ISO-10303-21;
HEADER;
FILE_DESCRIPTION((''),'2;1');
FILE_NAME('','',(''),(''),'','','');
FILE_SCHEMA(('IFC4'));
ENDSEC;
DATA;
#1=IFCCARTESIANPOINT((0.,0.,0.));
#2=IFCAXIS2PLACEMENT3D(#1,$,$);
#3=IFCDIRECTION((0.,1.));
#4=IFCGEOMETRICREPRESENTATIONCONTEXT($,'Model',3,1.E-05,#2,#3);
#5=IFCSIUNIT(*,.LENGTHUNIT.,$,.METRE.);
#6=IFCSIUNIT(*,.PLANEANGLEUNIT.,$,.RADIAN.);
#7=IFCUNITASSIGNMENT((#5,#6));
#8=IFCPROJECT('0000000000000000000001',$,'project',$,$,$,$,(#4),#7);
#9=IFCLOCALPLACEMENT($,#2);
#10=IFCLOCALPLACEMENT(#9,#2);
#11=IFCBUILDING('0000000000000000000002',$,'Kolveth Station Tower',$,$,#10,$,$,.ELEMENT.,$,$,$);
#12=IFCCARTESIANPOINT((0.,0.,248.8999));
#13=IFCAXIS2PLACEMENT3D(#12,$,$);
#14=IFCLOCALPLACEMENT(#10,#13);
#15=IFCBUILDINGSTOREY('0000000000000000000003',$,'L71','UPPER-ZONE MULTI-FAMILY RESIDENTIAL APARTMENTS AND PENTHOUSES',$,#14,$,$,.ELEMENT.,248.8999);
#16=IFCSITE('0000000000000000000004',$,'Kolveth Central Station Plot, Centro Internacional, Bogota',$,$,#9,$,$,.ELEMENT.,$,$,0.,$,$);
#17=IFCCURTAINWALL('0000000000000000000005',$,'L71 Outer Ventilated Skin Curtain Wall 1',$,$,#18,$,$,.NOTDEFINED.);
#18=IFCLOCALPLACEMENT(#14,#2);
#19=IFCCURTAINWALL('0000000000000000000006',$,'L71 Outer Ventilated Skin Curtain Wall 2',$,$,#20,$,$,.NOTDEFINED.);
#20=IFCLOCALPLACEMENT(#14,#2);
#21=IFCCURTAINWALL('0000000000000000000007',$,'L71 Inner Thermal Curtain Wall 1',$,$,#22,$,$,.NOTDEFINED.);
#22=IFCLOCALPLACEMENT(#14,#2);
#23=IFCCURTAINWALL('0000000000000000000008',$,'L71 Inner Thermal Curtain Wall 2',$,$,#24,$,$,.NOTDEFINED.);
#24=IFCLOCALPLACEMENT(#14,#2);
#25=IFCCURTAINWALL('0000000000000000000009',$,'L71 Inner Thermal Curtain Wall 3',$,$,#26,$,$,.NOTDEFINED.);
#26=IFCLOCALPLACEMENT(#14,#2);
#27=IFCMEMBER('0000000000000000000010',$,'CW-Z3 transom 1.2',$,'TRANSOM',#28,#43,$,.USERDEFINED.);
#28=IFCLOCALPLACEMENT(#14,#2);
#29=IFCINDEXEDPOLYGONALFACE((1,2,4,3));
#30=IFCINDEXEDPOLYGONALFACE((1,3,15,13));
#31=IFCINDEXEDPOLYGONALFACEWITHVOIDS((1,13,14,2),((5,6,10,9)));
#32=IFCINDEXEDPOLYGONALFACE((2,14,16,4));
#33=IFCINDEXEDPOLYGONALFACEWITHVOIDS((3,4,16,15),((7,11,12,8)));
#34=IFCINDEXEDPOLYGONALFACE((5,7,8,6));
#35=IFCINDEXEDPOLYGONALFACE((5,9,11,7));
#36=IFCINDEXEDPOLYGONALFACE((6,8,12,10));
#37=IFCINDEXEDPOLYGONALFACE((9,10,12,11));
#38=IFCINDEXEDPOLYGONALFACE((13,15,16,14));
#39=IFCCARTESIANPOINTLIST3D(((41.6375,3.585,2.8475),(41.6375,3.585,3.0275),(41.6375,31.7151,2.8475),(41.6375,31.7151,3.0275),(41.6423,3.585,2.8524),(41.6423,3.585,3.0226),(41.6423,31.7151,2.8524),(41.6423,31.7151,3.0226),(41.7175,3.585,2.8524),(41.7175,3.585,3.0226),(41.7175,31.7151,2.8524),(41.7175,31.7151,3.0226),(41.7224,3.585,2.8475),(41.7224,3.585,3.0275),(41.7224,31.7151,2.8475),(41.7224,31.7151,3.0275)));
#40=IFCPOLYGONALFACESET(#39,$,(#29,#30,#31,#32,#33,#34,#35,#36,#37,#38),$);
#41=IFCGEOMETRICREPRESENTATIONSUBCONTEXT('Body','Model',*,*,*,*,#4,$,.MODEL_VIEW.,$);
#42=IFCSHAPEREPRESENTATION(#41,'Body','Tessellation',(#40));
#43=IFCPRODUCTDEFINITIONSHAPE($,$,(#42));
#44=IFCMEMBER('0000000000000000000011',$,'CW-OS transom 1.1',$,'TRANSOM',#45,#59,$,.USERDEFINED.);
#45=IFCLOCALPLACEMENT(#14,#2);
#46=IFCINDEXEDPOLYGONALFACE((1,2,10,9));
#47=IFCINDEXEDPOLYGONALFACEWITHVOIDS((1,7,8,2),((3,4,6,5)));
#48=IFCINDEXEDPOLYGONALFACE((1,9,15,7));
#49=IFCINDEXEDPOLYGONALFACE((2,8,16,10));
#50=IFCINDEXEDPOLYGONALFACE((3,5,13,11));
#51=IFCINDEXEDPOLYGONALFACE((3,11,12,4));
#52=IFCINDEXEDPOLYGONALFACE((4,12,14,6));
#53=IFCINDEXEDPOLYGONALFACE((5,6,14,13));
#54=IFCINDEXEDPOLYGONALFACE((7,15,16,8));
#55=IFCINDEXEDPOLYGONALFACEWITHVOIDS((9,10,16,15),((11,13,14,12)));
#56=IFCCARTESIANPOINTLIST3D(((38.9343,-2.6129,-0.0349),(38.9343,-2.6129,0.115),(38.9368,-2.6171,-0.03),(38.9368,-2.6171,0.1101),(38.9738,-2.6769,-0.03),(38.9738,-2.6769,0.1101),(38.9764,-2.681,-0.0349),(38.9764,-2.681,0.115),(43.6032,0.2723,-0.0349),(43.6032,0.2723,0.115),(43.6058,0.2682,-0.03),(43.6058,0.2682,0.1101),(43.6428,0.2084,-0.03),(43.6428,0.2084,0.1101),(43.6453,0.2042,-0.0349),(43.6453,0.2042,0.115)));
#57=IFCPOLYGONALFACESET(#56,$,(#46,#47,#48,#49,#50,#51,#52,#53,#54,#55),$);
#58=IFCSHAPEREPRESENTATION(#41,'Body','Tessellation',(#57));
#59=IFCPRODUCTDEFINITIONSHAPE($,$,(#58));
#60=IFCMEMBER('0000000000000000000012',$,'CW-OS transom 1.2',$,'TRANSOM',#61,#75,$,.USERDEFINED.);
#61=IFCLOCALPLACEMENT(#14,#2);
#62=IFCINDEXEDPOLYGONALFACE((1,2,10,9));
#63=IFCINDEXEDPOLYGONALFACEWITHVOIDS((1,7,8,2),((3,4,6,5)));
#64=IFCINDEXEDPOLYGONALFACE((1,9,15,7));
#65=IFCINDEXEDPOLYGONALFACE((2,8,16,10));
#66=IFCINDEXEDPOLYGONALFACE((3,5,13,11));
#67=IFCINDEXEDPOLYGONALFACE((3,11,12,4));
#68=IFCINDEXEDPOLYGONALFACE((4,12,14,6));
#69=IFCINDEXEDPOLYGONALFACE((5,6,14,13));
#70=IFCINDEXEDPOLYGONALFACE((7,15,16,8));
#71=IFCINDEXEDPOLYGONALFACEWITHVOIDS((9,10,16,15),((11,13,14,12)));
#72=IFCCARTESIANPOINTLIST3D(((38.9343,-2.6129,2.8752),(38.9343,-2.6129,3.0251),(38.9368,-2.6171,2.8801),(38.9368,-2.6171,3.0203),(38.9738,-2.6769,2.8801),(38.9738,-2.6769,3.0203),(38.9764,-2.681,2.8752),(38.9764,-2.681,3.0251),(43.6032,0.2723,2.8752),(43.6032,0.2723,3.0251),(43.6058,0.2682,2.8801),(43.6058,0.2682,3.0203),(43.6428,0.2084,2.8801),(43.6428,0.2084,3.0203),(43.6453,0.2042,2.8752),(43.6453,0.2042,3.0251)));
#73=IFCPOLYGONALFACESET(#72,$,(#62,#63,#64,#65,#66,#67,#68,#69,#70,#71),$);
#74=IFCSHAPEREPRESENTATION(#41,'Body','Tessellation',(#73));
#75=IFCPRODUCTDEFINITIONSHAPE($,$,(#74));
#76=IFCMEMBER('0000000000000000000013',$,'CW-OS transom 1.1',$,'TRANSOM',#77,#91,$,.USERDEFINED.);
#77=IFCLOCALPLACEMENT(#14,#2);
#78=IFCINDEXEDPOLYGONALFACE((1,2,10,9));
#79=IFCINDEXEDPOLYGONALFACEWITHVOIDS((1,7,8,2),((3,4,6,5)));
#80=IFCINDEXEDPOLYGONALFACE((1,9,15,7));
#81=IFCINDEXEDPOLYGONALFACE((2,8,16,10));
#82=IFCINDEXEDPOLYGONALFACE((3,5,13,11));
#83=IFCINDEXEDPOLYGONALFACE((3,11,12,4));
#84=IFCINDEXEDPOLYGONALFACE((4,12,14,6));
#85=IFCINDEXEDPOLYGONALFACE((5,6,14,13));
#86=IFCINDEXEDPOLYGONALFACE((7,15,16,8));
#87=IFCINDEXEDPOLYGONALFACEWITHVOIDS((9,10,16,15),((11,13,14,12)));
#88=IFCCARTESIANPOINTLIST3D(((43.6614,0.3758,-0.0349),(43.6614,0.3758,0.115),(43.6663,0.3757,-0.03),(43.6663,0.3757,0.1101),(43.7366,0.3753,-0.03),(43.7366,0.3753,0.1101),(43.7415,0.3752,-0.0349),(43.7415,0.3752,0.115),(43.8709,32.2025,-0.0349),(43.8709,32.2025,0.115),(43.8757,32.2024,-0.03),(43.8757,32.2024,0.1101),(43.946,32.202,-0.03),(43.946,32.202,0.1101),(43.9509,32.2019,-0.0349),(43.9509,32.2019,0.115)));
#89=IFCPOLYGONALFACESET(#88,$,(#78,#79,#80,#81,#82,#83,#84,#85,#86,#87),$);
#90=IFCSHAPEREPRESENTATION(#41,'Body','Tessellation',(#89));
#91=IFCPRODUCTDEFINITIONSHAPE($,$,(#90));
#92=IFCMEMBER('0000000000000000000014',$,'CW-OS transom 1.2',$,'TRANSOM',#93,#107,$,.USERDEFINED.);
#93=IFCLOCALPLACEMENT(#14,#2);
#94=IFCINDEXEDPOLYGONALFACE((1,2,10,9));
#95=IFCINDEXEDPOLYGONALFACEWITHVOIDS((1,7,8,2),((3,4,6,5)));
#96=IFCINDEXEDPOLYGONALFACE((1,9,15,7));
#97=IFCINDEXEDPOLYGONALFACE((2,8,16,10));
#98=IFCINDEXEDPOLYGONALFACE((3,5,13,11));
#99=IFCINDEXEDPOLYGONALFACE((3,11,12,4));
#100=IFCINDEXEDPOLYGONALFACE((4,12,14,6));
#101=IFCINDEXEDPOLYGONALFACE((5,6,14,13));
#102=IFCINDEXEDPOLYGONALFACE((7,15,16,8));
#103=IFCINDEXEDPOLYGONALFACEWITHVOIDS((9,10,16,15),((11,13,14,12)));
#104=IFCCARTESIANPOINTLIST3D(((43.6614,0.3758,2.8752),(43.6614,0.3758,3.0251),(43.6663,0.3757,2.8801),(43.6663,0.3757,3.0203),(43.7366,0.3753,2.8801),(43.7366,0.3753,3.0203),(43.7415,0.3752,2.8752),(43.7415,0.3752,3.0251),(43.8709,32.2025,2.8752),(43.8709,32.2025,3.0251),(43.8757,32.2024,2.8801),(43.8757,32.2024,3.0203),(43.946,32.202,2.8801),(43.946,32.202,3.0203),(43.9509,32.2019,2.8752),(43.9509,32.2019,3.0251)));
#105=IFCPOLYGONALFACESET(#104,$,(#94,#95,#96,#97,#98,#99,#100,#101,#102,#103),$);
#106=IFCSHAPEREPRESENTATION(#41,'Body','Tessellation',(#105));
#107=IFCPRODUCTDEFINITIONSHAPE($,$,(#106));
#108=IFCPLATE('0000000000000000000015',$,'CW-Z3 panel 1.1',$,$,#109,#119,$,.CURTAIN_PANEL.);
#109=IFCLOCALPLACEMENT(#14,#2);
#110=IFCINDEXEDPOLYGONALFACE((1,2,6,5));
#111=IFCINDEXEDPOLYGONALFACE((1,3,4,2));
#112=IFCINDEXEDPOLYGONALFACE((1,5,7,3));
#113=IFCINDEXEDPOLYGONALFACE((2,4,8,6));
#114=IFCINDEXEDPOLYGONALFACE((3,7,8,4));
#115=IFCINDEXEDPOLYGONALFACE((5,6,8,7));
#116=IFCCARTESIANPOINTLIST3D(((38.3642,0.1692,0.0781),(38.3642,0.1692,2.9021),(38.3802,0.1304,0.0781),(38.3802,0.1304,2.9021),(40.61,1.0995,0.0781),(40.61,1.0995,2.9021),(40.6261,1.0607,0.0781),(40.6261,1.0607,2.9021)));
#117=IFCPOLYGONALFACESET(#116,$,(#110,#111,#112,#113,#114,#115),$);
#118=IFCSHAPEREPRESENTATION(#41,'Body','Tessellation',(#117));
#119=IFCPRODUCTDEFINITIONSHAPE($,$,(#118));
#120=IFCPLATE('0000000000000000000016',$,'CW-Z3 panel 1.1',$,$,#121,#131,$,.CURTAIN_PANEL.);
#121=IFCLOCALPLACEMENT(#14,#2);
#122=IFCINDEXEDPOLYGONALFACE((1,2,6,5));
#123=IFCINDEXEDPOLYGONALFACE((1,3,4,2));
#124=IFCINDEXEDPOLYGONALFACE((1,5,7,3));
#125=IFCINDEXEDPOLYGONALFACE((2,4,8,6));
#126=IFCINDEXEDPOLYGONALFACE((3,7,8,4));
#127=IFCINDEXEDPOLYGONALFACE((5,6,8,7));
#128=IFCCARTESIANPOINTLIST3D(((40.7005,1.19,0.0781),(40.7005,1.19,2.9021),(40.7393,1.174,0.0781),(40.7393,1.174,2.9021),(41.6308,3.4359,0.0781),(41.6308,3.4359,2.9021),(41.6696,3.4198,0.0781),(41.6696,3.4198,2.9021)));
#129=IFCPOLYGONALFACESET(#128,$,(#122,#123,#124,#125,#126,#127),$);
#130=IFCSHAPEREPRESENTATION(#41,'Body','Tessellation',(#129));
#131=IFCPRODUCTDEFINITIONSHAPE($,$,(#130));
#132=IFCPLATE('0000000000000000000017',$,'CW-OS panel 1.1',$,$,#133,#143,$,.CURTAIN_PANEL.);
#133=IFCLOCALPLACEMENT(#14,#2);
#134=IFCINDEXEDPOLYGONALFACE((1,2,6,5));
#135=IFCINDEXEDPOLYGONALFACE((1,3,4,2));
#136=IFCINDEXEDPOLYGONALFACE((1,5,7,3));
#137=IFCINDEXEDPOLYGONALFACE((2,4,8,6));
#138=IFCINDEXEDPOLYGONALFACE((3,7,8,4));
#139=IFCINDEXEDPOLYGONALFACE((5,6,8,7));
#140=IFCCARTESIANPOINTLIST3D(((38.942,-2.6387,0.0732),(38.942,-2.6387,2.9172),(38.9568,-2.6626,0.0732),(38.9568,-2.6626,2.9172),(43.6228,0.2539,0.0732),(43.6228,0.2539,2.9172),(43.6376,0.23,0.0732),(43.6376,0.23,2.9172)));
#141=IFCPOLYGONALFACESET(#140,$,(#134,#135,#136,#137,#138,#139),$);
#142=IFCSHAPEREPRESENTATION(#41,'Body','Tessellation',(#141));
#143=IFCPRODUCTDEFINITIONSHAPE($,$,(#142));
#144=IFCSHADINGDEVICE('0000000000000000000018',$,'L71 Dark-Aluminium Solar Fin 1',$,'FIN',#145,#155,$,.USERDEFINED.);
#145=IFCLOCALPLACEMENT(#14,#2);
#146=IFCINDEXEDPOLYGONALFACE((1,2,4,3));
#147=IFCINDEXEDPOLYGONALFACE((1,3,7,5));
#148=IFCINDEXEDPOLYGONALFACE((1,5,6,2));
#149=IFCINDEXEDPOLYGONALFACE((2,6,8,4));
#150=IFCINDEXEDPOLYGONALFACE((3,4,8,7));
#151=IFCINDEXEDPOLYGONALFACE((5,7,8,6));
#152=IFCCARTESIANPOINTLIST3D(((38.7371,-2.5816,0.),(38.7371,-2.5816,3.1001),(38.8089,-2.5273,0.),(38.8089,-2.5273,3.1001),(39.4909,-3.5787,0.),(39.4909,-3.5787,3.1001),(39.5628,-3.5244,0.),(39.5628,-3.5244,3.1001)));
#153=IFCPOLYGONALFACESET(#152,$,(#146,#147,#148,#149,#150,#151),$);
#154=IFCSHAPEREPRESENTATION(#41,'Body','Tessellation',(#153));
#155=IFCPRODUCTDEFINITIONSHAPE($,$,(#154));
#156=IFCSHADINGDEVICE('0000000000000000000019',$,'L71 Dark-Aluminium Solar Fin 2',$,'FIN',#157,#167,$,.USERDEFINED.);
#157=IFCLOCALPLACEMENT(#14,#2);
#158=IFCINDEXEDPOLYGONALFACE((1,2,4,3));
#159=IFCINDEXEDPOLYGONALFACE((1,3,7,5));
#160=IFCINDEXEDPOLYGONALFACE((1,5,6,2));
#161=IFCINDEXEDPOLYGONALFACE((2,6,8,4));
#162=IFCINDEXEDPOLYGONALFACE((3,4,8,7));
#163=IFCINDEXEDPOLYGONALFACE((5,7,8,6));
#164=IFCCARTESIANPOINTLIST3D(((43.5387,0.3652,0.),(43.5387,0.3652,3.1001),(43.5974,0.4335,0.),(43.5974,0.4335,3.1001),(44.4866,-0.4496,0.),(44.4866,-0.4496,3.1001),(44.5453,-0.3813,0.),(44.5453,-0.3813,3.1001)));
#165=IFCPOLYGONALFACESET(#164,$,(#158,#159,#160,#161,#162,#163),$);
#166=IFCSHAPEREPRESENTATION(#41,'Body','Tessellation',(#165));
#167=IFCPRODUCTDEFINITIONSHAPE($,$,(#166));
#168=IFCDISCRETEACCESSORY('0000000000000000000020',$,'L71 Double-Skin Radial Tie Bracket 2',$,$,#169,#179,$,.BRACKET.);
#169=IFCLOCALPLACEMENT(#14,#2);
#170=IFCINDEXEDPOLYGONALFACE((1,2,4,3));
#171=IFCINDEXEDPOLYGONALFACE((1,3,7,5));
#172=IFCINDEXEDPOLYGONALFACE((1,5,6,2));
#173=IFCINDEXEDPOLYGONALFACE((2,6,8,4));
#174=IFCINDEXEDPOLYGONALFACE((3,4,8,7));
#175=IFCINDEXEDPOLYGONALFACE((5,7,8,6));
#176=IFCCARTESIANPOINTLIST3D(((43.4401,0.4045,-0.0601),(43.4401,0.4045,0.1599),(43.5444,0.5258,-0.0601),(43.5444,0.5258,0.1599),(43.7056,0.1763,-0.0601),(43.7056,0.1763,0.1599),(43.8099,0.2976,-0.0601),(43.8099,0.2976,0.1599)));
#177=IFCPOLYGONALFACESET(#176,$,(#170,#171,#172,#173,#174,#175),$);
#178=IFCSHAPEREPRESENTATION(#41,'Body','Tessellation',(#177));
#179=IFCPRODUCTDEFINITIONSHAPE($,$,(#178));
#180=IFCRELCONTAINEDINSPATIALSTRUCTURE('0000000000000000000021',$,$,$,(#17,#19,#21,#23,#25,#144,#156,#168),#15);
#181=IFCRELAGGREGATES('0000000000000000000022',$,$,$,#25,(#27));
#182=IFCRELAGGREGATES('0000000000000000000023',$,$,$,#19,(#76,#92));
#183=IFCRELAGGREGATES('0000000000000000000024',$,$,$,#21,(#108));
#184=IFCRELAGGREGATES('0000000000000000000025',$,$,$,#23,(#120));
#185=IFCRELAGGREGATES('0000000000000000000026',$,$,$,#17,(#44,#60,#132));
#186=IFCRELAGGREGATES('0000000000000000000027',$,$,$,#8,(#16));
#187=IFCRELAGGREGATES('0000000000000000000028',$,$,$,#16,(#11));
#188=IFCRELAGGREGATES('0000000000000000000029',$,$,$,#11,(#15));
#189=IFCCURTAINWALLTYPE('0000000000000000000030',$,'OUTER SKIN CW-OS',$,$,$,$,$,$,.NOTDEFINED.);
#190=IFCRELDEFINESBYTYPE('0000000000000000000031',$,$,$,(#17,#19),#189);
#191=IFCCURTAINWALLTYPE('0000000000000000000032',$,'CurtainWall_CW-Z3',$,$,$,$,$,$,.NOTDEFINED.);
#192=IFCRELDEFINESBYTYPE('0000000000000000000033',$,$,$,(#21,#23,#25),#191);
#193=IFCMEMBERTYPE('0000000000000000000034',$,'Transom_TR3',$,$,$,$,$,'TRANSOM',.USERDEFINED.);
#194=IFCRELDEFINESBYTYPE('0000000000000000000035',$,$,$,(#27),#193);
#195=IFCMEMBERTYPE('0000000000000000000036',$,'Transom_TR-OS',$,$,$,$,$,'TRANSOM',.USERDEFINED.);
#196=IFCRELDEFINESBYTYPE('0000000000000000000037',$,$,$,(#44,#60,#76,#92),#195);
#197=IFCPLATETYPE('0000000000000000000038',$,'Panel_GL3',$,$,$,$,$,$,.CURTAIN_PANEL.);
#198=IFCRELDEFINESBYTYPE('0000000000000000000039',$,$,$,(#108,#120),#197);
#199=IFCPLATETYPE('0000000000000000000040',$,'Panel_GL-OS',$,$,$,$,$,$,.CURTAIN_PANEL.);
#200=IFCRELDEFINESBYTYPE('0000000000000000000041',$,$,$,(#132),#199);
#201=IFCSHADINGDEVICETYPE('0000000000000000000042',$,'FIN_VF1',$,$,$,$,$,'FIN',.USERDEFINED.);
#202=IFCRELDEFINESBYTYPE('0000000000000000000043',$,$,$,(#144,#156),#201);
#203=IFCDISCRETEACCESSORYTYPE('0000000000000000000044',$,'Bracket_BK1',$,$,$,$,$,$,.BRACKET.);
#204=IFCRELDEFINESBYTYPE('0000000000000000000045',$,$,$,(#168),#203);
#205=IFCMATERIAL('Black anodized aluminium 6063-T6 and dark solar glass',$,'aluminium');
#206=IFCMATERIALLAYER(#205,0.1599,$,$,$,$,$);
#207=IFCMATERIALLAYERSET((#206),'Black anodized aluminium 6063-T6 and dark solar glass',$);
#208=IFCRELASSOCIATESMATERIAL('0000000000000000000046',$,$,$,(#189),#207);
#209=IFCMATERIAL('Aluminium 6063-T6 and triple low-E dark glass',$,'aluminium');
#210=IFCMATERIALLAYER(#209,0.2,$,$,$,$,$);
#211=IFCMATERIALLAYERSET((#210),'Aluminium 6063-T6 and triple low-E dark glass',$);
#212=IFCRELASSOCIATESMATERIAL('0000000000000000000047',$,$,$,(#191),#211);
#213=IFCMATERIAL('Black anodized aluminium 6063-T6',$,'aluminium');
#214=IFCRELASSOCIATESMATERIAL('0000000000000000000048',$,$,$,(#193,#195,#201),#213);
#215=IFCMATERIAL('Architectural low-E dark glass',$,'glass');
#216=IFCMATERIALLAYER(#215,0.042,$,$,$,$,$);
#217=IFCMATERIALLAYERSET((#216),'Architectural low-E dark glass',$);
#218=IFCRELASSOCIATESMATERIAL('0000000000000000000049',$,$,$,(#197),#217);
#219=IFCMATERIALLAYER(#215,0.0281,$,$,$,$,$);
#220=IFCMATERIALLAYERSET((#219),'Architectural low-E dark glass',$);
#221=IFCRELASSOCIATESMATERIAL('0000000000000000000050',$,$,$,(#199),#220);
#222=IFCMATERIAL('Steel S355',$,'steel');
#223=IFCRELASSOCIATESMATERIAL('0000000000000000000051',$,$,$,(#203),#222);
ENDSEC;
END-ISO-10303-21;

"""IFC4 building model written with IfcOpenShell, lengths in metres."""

from ifc_helpers import new_model, si_unit, direction, frame, origin, origin_2d, place, context, subcontext, project, spatial, rectangle, hollow_rectangle, extrude, source, transform, mapped, material, layer, layer_set, material_profile, profile_set, type_object, element, aggregate, save


model = new_model("IFC4")

# Units and contexts
model_context = context("Model", 3, precision=1e-05, world=origin(), true_north=direction((0.0, 1.0)))
body_context = subcontext(model_context, "Body", "Model", "MODEL_VIEW")
ifc_project = project(units=[si_unit("LENGTHUNIT", "METRE"), si_unit("PLANEANGLEUNIT", "RADIAN")], contexts=[model_context])

# Site, building, storey
site_placement = place(None, origin())
site = spatial("IfcSite", under=ifc_project, at=site_placement, Name="Kolveth Central Station Plot, Centro Internacional, Bogota", CompositionType="ELEMENT", RefElevation=0.0)
building_placement = place(site_placement, origin())
building = spatial("IfcBuilding", under=site, at=building_placement, Name="Kolveth Station Tower", CompositionType="ELEMENT")
storey_placement = place(building_placement, frame((0.0, 0.0, 248.8999)))
storey = spatial("IfcBuildingStorey", under=building, at=storey_placement, Name="L71", Description="UPPER-ZONE MULTI-FAMILY RESIDENTIAL APARTMENTS AND PENTHOUSES", CompositionType="ELEMENT", Elevation=248.8999)

# Curtain wall
ifc_material_1 = material(Name="Black anodized aluminium 6063-T6 and dark solar glass", Category="aluminium")
ifc_layer_1 = layer(ifc_material_1, 0.1599)
ifc_layer_set_1 = layer_set([ifc_layer_1], Name="Black anodized aluminium 6063-T6 and dark solar glass")
curtain_wall_type_1 = type_object("IfcCurtainWallType", Name="OUTER SKIN CW-OS", PredefinedType="NOTDEFINED", material=ifc_layer_set_1)
curtain_wall_1_placement = place(storey_placement, origin())
curtain_wall_1 = element("IfcCurtainWall", 1, at=curtain_wall_1_placement, inside=storey, type_object=curtain_wall_type_1, Name="L71 Outer Ventilated Skin Curtain Wall 1", PredefinedType="NOTDEFINED")
ifc_material_2 = material(Name="Black anodized aluminium 6063-T6", Category="aluminium")

# Curtain walls
curtain_wall_2_placement = place(storey_placement, origin())
curtain_wall_2 = element("IfcCurtainWall", 2, at=curtain_wall_2_placement, inside=storey, type_object=curtain_wall_type_1, Name="L71 Outer Ventilated Skin Curtain Wall 2", PredefinedType="NOTDEFINED")
ifc_material_3 = material(Name="Aluminium 6063-T6 and triple low-E dark glass", Category="aluminium")
ifc_layer_2 = layer(ifc_material_3, 0.2)
ifc_layer_set_2 = layer_set([ifc_layer_2], Name="Aluminium 6063-T6 and triple low-E dark glass")
curtain_wall_type_2 = type_object("IfcCurtainWallType", Name="CurtainWall_CW-Z3", PredefinedType="NOTDEFINED", material=ifc_layer_set_2)
curtain_wall_3_placement = place(storey_placement, origin())
curtain_wall_3 = element("IfcCurtainWall", 3, at=curtain_wall_3_placement, inside=storey, type_object=curtain_wall_type_2, Name="L71 Inner Thermal Curtain Wall 1", PredefinedType="NOTDEFINED")

# Curtain wall
curtain_wall_4_placement = place(storey_placement, origin())
curtain_wall_4 = element("IfcCurtainWall", 4, at=curtain_wall_4_placement, inside=storey, type_object=curtain_wall_type_2, Name="L71 Inner Thermal Curtain Wall 2", PredefinedType="NOTDEFINED")

# Curtain wall
curtain_wall_5_placement = place(storey_placement, origin())
curtain_wall_5 = element("IfcCurtainWall", 5, at=curtain_wall_5_placement, inside=storey, type_object=curtain_wall_type_2, Name="L71 Inner Thermal Curtain Wall 3", PredefinedType="NOTDEFINED")

# Members
ifc_material_profile_1 = material_profile(ifc_material_2, hollow_rectangle(XDim=0.085, YDim=0.1799, WallThickness=0.0049, at=origin_2d()), Name="ALU-85x180x5")
ifc_profile_set_1 = profile_set([ifc_material_profile_1], Name="Black anodized aluminium 6063-T6")
member_type_1 = type_object("IfcMemberType", Name="Transom_TR3", ElementType="TRANSOM", PredefinedType="USERDEFINED", material=ifc_profile_set_1)
shared_shape_1 = source(origin(), body_context, "Body", "SweptSolid", [
    extrude(hollow_rectangle(XDim=0.085, YDim=0.1799, WallThickness=0.0049, at=origin_2d()), origin(), (0.0, 0.0, 1.0), 28.1301),
])
member_1_placement = place(storey_placement, frame((41.6799, 3.585, 2.9375), z_axis=(0.0, 1.0, 0.0), x_axis=(-1.0, 0.0, 0.0)))
member_1 = element("IfcMember", 6, at=member_1_placement, type_object=member_type_1, Name="CW-Z3 transom 1.2", ObjectType="TRANSOM", PredefinedType="USERDEFINED", context=body_context, shape_type="MappedRepresentation", body=[
    mapped(shared_shape_1, transform((0.0, 0.0, 0.0), x_axis=(1.0, 0.0, 0.0), y_axis=(0.0, 1.0, 0.0), z_axis=(0.0, 0.0, 1.0), scale=1.0)),
])
aggregate(curtain_wall_5, [member_1])
ifc_material_profile_2 = material_profile(ifc_material_2, hollow_rectangle(XDim=0.0801, YDim=0.1499, WallThickness=0.0049, at=origin_2d()), Name="ALU-80x150x5")
ifc_profile_set_2 = profile_set([ifc_material_profile_2], Name="Black anodized aluminium 6063-T6")
member_type_2 = type_object("IfcMemberType", Name="Transom_TR-OS", ElementType="TRANSOM", PredefinedType="USERDEFINED", material=ifc_profile_set_2)
shared_shape_2 = source(origin(), body_context, "Body", "SweptSolid", [
    extrude(hollow_rectangle(XDim=0.0801, YDim=0.1499, WallThickness=0.0049, at=origin_2d()), origin(), (0.0, 0.0, 1.0), 5.4885),
])
member_2_placement = place(storey_placement, frame((38.9553, -2.647, 0.04), z_axis=(0.850676, 0.52569, 0.0), x_axis=(-0.52569, 0.850676, 0.0)))
member_2 = element("IfcMember", 7, at=member_2_placement, type_object=member_type_2, Name="CW-OS transom 1.1", ObjectType="TRANSOM", PredefinedType="USERDEFINED", context=body_context, shape_type="MappedRepresentation", body=[
    mapped(shared_shape_2, transform((0.0, 0.0, 0.0), x_axis=(1.0, 0.0, 0.0), y_axis=(0.0, 1.0, 0.0), z_axis=(0.0, 0.0, 1.0), scale=1.0)),
])
member_3_placement = place(storey_placement, frame((38.9553, -2.647, 2.9502), z_axis=(0.850676, 0.52569, 0.0), x_axis=(-0.52569, 0.850676, 0.0)))
member_3 = element("IfcMember", 8, at=member_3_placement, type_object=member_type_2, Name="CW-OS transom 1.2", ObjectType="TRANSOM", PredefinedType="USERDEFINED", context=body_context, shape_type="MappedRepresentation", body=[
    mapped(shared_shape_2, transform((0.0, 0.0, 0.0), x_axis=(1.0, 0.0, 0.0), y_axis=(0.0, 1.0, 0.0), z_axis=(0.0, 0.0, 1.0), scale=1.0)),
])
shared_shape_3 = source(origin(), body_context, "Body", "SweptSolid", [
    extrude(hollow_rectangle(XDim=0.0801, YDim=0.1499, WallThickness=0.0049, at=origin_2d()), origin(), (0.0, 0.0, 1.0), 31.8274),
])
member_4_placement = place(storey_placement, frame((43.7014, 0.3755, 0.04), z_axis=(0.006582, 0.999978, 0.0), x_axis=(-0.999978, 0.006582, 0.0)))
member_4 = element("IfcMember", 9, at=member_4_placement, type_object=member_type_2, Name="CW-OS transom 1.1", ObjectType="TRANSOM", PredefinedType="USERDEFINED", context=body_context, shape_type="MappedRepresentation", body=[
    mapped(shared_shape_3, transform((0.0, 0.0, 0.0), x_axis=(1.0, 0.0, 0.0), y_axis=(0.0, 1.0, 0.0), z_axis=(0.0, 0.0, 1.0), scale=1.0)),
])
member_5_placement = place(storey_placement, frame((43.7014, 0.3755, 2.9502), z_axis=(0.006582, 0.999978, 0.0), x_axis=(-0.999978, 0.006582, 0.0)))
member_5 = element("IfcMember", 10, at=member_5_placement, type_object=member_type_2, Name="CW-OS transom 1.2", ObjectType="TRANSOM", PredefinedType="USERDEFINED", context=body_context, shape_type="MappedRepresentation", body=[
    mapped(shared_shape_3, transform((0.0, 0.0, 0.0), x_axis=(1.0, 0.0, 0.0), y_axis=(0.0, 1.0, 0.0), z_axis=(0.0, 0.0, 1.0), scale=1.0)),
])
aggregate(curtain_wall_2, [member_4, member_5])

# Plates
ifc_material_4 = material(Name="Architectural low-E dark glass", Category="glass")
ifc_layer_3 = layer(ifc_material_4, 0.042)
ifc_layer_set_3 = layer_set([ifc_layer_3], Name="Architectural low-E dark glass")
plate_type_1 = type_object("IfcPlateType", Name="Panel_GL3", PredefinedType="CURTAIN_PANEL", material=ifc_layer_set_3)
shared_shape_4 = source(origin(), body_context, "Body", "SweptSolid", [
    extrude(rectangle(XDim=2.4309, YDim=0.042, at=origin_2d()), origin(), (0.0, 0.0, 1.0), 2.824),
])
plate_1_placement = place(storey_placement, frame((39.4951, 0.615, 0.0781), z_axis=(0.0, 0.0, 1.0), x_axis=(0.923875, 0.382693, 0.0)))
plate_1 = element("IfcPlate", 11, at=plate_1_placement, type_object=plate_type_1, Name="CW-Z3 panel 1.1", PredefinedType="CURTAIN_PANEL", context=body_context, shape_type="MappedRepresentation", body=[
    mapped(shared_shape_4, transform((0.0, 0.0, 0.0), x_axis=(1.0, 0.0, 0.0), y_axis=(0.0, 1.0, 0.0), z_axis=(0.0, 0.0, 1.0), scale=1.0)),
])
aggregate(curtain_wall_3, [plate_1])
plate_2_placement = place(storey_placement, frame((41.1851, 2.3049, 0.0781), z_axis=(0.0, 0.0, 1.0), x_axis=(0.382693, 0.923875, 0.0)))
plate_2 = element("IfcPlate", 12, at=plate_2_placement, type_object=plate_type_1, Name="CW-Z3 panel 1.1", PredefinedType="CURTAIN_PANEL", context=body_context, shape_type="MappedRepresentation", body=[
    mapped(shared_shape_4, transform((0.0, 0.0, 0.0), x_axis=(1.0, 0.0, 0.0), y_axis=(0.0, 1.0, 0.0), z_axis=(0.0, 0.0, 1.0), scale=1.0)),
])
aggregate(curtain_wall_4, [plate_2])
ifc_layer_4 = layer(ifc_material_4, 0.0281)
ifc_layer_set_4 = layer_set([ifc_layer_4], Name="Architectural low-E dark glass")
plate_type_2 = type_object("IfcPlateType", Name="Panel_GL-OS", PredefinedType="CURTAIN_PANEL", material=ifc_layer_set_4)
shared_shape_5 = source(origin(), body_context, "Body", "SweptSolid", [
    extrude(rectangle(XDim=5.5024, YDim=0.0281, at=origin_2d()), origin(), (0.0, 0.0, 1.0), 2.844),
])
plate_3_placement = place(storey_placement, frame((41.2898, -1.2043, 0.0732), z_axis=(0.0, 0.0, 1.0), x_axis=(0.850679, 0.525685, 0.0)))
plate_3 = element("IfcPlate", 13, at=plate_3_placement, type_object=plate_type_2, Name="CW-OS panel 1.1", PredefinedType="CURTAIN_PANEL", context=body_context, shape_type="MappedRepresentation", body=[
    mapped(shared_shape_5, transform((0.0, 0.0, 0.0), x_axis=(1.0, 0.0, 0.0), y_axis=(0.0, 1.0, 0.0), z_axis=(0.0, 0.0, 1.0), scale=1.0)),
])
aggregate(curtain_wall_1, [member_2, member_3, plate_3])

# Shading devices
shading_device_type = type_object("IfcShadingDeviceType", Name="FIN_VF1", ElementType="FIN", PredefinedType="USERDEFINED", material=ifc_material_2)
shared_shape_6 = source(origin(), body_context, "Body", "SweptSolid", [
    extrude(rectangle(XDim=1.25, YDim=0.0901, at=origin_2d()), origin(), (0.0, 0.0, 1.0), 3.1001),
])
for number, where, z_axis, x_axis, name in (
    (14, (39.1499, -3.053, 0.0), (0.0, 0.0, 1.0), (0.603069, -0.797689, 0.0), "L71 Dark-Aluminium Solar Fin 1"),
    (15, (44.042, -0.0081, 0.0), (0.0, 0.0, 1.0), (0.758362, -0.651834, 0.0), "L71 Dark-Aluminium Solar Fin 2"),
):
    element("IfcShadingDevice", number, at=place(storey_placement, frame(where, z_axis=z_axis, x_axis=x_axis)), inside=storey, type_object=shading_device_type, Name=name, ObjectType="FIN", PredefinedType="USERDEFINED", context=body_context, shape_type="MappedRepresentation", body=[
        mapped(shared_shape_6, transform((0.0, 0.0, 0.0), x_axis=(1.0, 0.0, 0.0), y_axis=(0.0, 1.0, 0.0), z_axis=(0.0, 0.0, 1.0), scale=1.0)),
    ])

# Discrete accessory
ifc_material_5 = material(Name="Steel S355", Category="steel")
discrete_accessory_type = type_object("IfcDiscreteAccessoryType", Name="Bracket_BK1", PredefinedType="BRACKET", material=ifc_material_5)
shared_shape_7 = source(origin(), body_context, "Body", "SweptSolid", [
    extrude(rectangle(XDim=0.3501, YDim=0.1599, at=origin_2d()), origin(), (0.0, 0.0, 1.0), 0.22),
])
discrete_accessory_placement = place(storey_placement, frame((43.625, 0.3511, -0.0601), z_axis=(0.0, 0.0, 1.0), x_axis=(0.758362, -0.651834, 0.0)))
element("IfcDiscreteAccessory", 16, at=discrete_accessory_placement, inside=storey, type_object=discrete_accessory_type, Name="L71 Double-Skin Radial Tie Bracket 2", PredefinedType="BRACKET", context=body_context, shape_type="MappedRepresentation", body=[
    mapped(shared_shape_7, transform((0.0, 0.0, 0.0), x_axis=(1.0, 0.0, 0.0), y_axis=(0.0, 1.0, 0.0), z_axis=(0.0, 0.0, 1.0), scale=1.0)),
])

save(model, "model.ifc")
